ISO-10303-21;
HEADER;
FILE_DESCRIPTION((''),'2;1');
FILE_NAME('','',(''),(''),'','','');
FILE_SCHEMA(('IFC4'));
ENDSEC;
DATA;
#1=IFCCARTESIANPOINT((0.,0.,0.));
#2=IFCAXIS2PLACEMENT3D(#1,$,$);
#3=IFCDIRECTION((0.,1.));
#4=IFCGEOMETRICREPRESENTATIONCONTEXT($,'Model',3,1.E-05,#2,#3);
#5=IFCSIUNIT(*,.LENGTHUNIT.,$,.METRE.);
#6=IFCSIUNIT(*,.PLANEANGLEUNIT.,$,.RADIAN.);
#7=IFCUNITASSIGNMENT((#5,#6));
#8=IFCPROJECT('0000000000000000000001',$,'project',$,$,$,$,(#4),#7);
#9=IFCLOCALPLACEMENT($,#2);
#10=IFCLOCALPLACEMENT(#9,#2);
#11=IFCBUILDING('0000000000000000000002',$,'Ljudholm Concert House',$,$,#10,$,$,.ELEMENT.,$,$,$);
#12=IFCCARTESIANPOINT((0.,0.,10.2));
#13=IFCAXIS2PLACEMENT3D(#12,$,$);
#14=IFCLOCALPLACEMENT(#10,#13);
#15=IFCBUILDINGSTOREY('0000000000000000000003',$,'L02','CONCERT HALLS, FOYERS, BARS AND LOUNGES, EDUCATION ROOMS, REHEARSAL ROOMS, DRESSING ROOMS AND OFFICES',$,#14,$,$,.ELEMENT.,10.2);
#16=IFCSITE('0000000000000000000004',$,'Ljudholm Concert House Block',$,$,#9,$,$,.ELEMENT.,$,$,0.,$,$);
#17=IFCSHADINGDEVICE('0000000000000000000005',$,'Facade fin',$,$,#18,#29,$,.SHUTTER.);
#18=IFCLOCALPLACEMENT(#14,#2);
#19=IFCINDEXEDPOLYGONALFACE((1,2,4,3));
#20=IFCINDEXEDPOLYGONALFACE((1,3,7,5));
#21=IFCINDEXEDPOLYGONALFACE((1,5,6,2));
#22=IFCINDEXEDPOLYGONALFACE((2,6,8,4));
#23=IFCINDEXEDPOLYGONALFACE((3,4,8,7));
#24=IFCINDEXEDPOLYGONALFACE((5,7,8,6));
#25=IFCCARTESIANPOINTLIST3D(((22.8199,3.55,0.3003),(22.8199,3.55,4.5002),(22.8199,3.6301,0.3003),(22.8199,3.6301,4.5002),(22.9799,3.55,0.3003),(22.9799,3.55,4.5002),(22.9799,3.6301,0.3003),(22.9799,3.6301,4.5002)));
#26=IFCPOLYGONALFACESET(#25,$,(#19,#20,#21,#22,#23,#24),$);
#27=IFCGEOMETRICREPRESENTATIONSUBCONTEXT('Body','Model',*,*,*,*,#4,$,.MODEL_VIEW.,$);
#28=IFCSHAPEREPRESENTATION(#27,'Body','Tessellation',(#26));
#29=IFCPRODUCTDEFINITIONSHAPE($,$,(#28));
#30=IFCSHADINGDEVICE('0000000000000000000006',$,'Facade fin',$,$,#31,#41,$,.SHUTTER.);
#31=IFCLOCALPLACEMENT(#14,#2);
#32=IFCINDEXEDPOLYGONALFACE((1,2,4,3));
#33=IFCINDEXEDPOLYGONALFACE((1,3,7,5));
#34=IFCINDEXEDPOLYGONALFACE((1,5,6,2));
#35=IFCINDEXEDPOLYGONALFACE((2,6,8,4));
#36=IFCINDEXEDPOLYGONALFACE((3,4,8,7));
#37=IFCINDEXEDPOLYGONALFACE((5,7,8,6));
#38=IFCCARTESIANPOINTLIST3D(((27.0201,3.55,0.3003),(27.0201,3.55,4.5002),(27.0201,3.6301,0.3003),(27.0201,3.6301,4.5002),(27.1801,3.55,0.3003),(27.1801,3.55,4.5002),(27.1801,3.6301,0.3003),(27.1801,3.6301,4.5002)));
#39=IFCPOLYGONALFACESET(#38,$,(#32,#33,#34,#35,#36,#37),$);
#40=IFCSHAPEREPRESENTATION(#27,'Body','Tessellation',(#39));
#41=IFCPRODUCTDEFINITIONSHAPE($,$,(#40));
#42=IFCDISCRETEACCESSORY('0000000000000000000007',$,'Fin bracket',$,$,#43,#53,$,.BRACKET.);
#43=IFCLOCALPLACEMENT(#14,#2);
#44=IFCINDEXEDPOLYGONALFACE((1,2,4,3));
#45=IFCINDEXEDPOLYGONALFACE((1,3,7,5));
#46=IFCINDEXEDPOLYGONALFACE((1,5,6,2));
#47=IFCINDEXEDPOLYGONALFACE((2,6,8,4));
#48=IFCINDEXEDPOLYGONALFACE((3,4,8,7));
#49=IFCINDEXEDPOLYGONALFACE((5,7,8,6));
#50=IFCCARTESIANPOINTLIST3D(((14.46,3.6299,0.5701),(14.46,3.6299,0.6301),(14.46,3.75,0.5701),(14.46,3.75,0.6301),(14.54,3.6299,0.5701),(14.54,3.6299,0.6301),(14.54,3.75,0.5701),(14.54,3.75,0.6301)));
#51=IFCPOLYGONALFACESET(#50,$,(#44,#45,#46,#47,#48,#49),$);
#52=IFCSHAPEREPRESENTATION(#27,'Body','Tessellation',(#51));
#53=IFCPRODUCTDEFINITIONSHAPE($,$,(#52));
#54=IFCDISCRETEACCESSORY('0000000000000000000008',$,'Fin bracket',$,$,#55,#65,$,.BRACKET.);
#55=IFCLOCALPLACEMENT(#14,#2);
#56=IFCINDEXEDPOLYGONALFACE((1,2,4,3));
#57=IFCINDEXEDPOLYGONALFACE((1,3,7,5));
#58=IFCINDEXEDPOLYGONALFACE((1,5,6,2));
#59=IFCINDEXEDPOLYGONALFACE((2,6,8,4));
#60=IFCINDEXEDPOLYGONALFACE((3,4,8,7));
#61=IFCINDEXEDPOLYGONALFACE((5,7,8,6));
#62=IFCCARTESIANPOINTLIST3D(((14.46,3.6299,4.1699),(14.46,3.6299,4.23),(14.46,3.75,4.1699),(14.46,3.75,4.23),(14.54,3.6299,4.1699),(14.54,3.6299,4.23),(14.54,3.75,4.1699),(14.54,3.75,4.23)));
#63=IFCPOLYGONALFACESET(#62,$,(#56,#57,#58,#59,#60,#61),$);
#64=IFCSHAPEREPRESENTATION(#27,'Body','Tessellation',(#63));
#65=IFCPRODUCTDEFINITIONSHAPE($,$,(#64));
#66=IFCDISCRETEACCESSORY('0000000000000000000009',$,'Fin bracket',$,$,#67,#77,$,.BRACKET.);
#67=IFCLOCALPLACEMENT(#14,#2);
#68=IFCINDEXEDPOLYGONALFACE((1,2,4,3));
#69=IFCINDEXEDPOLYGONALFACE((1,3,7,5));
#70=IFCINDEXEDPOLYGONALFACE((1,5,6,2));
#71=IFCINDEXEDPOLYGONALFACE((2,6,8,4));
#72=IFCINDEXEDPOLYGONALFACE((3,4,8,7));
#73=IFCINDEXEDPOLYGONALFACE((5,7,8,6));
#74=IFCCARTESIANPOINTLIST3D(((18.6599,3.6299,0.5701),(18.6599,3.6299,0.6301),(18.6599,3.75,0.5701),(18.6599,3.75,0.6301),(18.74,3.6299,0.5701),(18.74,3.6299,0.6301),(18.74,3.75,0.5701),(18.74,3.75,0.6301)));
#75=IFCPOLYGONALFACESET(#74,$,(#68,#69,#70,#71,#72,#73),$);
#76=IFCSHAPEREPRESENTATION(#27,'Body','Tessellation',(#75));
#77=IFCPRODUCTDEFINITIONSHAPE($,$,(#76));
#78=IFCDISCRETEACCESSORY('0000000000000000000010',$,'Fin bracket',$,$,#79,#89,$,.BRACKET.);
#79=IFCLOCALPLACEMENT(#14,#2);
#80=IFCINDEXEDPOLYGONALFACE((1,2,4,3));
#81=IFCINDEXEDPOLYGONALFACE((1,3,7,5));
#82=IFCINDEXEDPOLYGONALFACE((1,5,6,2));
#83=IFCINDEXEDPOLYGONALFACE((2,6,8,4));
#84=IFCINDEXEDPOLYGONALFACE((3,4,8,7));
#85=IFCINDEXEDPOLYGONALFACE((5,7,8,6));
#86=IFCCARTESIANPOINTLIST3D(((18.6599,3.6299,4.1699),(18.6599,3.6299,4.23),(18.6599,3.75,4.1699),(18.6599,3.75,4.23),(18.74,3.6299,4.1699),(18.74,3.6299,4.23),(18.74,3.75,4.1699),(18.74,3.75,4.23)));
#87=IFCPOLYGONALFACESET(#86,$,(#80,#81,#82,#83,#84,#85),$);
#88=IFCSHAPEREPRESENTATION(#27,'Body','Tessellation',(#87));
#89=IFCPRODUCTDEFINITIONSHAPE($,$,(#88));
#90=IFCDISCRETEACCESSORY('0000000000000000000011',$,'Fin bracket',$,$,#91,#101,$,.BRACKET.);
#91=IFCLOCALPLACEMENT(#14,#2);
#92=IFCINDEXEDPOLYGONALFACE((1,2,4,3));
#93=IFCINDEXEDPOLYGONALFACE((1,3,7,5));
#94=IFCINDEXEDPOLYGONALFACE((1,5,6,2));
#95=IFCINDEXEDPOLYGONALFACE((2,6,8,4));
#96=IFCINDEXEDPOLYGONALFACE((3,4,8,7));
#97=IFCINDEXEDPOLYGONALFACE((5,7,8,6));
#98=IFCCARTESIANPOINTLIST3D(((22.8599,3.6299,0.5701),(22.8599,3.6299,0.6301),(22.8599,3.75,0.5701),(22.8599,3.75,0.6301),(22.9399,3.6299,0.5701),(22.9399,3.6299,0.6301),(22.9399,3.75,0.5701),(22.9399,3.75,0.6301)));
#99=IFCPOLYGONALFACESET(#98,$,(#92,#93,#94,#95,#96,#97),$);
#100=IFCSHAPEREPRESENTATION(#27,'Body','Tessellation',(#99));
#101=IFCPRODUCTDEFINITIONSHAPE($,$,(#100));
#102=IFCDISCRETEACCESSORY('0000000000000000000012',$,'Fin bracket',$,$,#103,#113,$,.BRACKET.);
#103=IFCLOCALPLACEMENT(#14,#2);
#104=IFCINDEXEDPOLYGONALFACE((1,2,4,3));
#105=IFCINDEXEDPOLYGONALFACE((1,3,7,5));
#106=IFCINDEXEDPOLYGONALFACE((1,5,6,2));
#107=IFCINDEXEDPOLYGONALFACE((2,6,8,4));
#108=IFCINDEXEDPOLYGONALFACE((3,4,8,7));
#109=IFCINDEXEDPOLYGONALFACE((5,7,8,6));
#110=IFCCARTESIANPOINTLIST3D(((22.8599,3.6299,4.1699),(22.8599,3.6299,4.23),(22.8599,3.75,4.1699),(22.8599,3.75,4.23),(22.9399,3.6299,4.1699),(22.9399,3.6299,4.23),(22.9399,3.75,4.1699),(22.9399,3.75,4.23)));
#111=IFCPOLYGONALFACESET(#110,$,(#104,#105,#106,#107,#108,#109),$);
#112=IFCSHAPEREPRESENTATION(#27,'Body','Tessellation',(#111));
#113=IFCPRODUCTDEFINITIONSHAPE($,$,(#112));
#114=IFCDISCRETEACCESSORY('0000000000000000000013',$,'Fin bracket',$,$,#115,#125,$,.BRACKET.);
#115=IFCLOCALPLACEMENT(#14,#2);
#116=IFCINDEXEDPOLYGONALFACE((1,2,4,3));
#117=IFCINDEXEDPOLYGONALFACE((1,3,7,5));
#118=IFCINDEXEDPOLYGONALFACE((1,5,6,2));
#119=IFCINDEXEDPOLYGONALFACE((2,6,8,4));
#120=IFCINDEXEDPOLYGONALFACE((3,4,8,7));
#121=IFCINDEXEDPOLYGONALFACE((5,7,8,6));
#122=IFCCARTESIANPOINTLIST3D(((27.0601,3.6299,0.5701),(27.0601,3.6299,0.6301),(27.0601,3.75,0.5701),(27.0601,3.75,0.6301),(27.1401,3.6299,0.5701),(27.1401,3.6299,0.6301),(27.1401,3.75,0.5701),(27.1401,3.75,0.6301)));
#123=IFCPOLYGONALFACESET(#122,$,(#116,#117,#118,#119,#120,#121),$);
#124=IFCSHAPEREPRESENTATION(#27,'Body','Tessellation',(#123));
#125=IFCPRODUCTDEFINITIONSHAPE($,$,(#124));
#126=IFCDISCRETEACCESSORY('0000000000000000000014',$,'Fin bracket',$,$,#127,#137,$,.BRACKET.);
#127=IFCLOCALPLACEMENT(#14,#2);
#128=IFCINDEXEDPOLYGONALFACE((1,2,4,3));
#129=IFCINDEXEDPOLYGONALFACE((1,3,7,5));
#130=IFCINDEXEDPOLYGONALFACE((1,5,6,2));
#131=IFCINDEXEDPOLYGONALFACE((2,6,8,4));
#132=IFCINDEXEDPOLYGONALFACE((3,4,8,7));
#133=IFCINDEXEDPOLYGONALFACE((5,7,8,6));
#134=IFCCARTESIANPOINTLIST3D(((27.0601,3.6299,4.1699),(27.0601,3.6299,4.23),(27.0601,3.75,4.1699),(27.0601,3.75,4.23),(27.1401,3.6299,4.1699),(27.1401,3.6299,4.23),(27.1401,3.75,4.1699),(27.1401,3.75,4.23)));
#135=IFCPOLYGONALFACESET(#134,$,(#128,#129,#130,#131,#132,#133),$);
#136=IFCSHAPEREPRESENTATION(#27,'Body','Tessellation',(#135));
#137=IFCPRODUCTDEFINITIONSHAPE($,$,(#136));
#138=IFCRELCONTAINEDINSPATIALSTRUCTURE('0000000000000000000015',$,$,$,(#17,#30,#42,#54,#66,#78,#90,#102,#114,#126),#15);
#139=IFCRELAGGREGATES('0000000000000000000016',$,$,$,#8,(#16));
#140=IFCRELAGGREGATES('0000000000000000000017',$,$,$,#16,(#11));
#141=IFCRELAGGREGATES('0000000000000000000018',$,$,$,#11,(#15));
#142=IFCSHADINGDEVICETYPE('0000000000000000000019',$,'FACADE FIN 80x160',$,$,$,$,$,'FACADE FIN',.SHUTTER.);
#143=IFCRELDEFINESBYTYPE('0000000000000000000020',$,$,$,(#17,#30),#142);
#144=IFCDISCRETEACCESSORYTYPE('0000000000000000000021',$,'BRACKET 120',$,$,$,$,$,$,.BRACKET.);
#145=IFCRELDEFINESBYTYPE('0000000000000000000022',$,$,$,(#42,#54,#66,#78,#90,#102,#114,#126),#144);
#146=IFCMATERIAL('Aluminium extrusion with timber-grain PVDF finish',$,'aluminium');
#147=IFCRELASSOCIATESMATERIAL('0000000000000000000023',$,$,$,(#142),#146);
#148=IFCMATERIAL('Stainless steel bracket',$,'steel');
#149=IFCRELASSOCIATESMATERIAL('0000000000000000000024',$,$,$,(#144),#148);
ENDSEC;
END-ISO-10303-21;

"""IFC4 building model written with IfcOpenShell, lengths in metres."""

from ifc_helpers import new_model, si_unit, direction, frame, origin, origin_2d, place, context, subcontext, project, spatial, rectangle, extrude, material, type_object, element, save


model = new_model("IFC4")

# Units and contexts
model_context = context("Model", 3, precision=1e-05, world=origin(), true_north=direction((0.0, 1.0)))
body_context = subcontext(model_context, "Body", "Model", "MODEL_VIEW")
ifc_project = project(units=[si_unit("LENGTHUNIT", "METRE"), si_unit("PLANEANGLEUNIT", "RADIAN")], contexts=[model_context])

# Site, building, storey
site_placement = place(None, origin())
site = spatial("IfcSite", under=ifc_project, at=site_placement, Name="Ljudholm Concert House Block", CompositionType="ELEMENT", RefElevation=0.0)
building_placement = place(site_placement, origin())
building = spatial("IfcBuilding", under=site, at=building_placement, Name="Ljudholm Concert House", CompositionType="ELEMENT")
storey_placement = place(building_placement, frame((0.0, 0.0, 10.2)))
storey = spatial("IfcBuildingStorey", under=building, at=storey_placement, Name="L02", Description="CONCERT HALLS, FOYERS, BARS AND LOUNGES, EDUCATION ROOMS, REHEARSAL ROOMS, DRESSING ROOMS AND OFFICES", CompositionType="ELEMENT", Elevation=10.2)

# Shading devices
ifc_material_1 = material(Name="Aluminium extrusion with timber-grain PVDF finish", Category="aluminium")
shading_device_type = type_object("IfcShadingDeviceType", Name="FACADE FIN 80x160", ElementType="FACADE FIN", PredefinedType="SHUTTER", material=ifc_material_1)
for number, where, z_axis, x_axis, name in (
    (1, (22.8999, 3.5901, 0.3003), (0.0, 0.0, 1.0), (0.0, -1.0, 0.0), "Facade fin"),
    (2, (27.1001, 3.5901, 0.3003), (0.0, 0.0, 1.0), (0.0, -1.0, 0.0), "Facade fin"),
):
    element("IfcShadingDevice", number, at=place(storey_placement, frame(where, z_axis=z_axis, x_axis=x_axis)), inside=storey, type_object=shading_device_type, Name=name, PredefinedType="SHUTTER", context=body_context, shape_type="SweptSolid", body=[
        extrude(rectangle(XDim=0.0801, YDim=0.1599, at=origin_2d()), origin(), (0.0, 0.0, 1.0), 4.2),
    ])

# Discrete accessories
ifc_material_2 = material(Name="Stainless steel bracket", Category="steel")
discrete_accessory_type = type_object("IfcDiscreteAccessoryType", Name="BRACKET 120", PredefinedType="BRACKET", material=ifc_material_2)
for number, where, z_axis, x_axis, name in (
    (3, (14.5, 3.6899, 0.5701), (0.0, 0.0, 1.0), (0.0, -1.0, 0.0), "Fin bracket"),
    (4, (14.5, 3.6899, 4.1699), (0.0, 0.0, 1.0), (0.0, -1.0, 0.0), "Fin bracket"),
    (5, (18.7, 3.6899, 0.5701), (0.0, 0.0, 1.0), (0.0, -1.0, 0.0), "Fin bracket"),
    (6, (18.7, 3.6899, 4.1699), (0.0, 0.0, 1.0), (0.0, -1.0, 0.0), "Fin bracket"),
    (7, (22.8999, 3.6899, 0.5701), (0.0, 0.0, 1.0), (0.0, -1.0, 0.0), "Fin bracket"),
    (8, (22.8999, 3.6899, 4.1699), (0.0, 0.0, 1.0), (0.0, -1.0, 0.0), "Fin bracket"),
    (9, (27.1001, 3.6899, 0.5701), (0.0, 0.0, 1.0), (0.0, -1.0, 0.0), "Fin bracket"),
    (10, (27.1001, 3.6899, 4.1699), (0.0, 0.0, 1.0), (0.0, -1.0, 0.0), "Fin bracket"),
):
    element("IfcDiscreteAccessory", number, at=place(storey_placement, frame(where, z_axis=z_axis, x_axis=x_axis)), inside=storey, type_object=discrete_accessory_type, Name=name, PredefinedType="BRACKET", context=body_context, shape_type="SweptSolid", body=[
        extrude(rectangle(XDim=0.1201, YDim=0.0801, at=origin_2d()), origin(), (0.0, 0.0, 1.0), 0.0601),
    ])

save(model, "model.ifc")
